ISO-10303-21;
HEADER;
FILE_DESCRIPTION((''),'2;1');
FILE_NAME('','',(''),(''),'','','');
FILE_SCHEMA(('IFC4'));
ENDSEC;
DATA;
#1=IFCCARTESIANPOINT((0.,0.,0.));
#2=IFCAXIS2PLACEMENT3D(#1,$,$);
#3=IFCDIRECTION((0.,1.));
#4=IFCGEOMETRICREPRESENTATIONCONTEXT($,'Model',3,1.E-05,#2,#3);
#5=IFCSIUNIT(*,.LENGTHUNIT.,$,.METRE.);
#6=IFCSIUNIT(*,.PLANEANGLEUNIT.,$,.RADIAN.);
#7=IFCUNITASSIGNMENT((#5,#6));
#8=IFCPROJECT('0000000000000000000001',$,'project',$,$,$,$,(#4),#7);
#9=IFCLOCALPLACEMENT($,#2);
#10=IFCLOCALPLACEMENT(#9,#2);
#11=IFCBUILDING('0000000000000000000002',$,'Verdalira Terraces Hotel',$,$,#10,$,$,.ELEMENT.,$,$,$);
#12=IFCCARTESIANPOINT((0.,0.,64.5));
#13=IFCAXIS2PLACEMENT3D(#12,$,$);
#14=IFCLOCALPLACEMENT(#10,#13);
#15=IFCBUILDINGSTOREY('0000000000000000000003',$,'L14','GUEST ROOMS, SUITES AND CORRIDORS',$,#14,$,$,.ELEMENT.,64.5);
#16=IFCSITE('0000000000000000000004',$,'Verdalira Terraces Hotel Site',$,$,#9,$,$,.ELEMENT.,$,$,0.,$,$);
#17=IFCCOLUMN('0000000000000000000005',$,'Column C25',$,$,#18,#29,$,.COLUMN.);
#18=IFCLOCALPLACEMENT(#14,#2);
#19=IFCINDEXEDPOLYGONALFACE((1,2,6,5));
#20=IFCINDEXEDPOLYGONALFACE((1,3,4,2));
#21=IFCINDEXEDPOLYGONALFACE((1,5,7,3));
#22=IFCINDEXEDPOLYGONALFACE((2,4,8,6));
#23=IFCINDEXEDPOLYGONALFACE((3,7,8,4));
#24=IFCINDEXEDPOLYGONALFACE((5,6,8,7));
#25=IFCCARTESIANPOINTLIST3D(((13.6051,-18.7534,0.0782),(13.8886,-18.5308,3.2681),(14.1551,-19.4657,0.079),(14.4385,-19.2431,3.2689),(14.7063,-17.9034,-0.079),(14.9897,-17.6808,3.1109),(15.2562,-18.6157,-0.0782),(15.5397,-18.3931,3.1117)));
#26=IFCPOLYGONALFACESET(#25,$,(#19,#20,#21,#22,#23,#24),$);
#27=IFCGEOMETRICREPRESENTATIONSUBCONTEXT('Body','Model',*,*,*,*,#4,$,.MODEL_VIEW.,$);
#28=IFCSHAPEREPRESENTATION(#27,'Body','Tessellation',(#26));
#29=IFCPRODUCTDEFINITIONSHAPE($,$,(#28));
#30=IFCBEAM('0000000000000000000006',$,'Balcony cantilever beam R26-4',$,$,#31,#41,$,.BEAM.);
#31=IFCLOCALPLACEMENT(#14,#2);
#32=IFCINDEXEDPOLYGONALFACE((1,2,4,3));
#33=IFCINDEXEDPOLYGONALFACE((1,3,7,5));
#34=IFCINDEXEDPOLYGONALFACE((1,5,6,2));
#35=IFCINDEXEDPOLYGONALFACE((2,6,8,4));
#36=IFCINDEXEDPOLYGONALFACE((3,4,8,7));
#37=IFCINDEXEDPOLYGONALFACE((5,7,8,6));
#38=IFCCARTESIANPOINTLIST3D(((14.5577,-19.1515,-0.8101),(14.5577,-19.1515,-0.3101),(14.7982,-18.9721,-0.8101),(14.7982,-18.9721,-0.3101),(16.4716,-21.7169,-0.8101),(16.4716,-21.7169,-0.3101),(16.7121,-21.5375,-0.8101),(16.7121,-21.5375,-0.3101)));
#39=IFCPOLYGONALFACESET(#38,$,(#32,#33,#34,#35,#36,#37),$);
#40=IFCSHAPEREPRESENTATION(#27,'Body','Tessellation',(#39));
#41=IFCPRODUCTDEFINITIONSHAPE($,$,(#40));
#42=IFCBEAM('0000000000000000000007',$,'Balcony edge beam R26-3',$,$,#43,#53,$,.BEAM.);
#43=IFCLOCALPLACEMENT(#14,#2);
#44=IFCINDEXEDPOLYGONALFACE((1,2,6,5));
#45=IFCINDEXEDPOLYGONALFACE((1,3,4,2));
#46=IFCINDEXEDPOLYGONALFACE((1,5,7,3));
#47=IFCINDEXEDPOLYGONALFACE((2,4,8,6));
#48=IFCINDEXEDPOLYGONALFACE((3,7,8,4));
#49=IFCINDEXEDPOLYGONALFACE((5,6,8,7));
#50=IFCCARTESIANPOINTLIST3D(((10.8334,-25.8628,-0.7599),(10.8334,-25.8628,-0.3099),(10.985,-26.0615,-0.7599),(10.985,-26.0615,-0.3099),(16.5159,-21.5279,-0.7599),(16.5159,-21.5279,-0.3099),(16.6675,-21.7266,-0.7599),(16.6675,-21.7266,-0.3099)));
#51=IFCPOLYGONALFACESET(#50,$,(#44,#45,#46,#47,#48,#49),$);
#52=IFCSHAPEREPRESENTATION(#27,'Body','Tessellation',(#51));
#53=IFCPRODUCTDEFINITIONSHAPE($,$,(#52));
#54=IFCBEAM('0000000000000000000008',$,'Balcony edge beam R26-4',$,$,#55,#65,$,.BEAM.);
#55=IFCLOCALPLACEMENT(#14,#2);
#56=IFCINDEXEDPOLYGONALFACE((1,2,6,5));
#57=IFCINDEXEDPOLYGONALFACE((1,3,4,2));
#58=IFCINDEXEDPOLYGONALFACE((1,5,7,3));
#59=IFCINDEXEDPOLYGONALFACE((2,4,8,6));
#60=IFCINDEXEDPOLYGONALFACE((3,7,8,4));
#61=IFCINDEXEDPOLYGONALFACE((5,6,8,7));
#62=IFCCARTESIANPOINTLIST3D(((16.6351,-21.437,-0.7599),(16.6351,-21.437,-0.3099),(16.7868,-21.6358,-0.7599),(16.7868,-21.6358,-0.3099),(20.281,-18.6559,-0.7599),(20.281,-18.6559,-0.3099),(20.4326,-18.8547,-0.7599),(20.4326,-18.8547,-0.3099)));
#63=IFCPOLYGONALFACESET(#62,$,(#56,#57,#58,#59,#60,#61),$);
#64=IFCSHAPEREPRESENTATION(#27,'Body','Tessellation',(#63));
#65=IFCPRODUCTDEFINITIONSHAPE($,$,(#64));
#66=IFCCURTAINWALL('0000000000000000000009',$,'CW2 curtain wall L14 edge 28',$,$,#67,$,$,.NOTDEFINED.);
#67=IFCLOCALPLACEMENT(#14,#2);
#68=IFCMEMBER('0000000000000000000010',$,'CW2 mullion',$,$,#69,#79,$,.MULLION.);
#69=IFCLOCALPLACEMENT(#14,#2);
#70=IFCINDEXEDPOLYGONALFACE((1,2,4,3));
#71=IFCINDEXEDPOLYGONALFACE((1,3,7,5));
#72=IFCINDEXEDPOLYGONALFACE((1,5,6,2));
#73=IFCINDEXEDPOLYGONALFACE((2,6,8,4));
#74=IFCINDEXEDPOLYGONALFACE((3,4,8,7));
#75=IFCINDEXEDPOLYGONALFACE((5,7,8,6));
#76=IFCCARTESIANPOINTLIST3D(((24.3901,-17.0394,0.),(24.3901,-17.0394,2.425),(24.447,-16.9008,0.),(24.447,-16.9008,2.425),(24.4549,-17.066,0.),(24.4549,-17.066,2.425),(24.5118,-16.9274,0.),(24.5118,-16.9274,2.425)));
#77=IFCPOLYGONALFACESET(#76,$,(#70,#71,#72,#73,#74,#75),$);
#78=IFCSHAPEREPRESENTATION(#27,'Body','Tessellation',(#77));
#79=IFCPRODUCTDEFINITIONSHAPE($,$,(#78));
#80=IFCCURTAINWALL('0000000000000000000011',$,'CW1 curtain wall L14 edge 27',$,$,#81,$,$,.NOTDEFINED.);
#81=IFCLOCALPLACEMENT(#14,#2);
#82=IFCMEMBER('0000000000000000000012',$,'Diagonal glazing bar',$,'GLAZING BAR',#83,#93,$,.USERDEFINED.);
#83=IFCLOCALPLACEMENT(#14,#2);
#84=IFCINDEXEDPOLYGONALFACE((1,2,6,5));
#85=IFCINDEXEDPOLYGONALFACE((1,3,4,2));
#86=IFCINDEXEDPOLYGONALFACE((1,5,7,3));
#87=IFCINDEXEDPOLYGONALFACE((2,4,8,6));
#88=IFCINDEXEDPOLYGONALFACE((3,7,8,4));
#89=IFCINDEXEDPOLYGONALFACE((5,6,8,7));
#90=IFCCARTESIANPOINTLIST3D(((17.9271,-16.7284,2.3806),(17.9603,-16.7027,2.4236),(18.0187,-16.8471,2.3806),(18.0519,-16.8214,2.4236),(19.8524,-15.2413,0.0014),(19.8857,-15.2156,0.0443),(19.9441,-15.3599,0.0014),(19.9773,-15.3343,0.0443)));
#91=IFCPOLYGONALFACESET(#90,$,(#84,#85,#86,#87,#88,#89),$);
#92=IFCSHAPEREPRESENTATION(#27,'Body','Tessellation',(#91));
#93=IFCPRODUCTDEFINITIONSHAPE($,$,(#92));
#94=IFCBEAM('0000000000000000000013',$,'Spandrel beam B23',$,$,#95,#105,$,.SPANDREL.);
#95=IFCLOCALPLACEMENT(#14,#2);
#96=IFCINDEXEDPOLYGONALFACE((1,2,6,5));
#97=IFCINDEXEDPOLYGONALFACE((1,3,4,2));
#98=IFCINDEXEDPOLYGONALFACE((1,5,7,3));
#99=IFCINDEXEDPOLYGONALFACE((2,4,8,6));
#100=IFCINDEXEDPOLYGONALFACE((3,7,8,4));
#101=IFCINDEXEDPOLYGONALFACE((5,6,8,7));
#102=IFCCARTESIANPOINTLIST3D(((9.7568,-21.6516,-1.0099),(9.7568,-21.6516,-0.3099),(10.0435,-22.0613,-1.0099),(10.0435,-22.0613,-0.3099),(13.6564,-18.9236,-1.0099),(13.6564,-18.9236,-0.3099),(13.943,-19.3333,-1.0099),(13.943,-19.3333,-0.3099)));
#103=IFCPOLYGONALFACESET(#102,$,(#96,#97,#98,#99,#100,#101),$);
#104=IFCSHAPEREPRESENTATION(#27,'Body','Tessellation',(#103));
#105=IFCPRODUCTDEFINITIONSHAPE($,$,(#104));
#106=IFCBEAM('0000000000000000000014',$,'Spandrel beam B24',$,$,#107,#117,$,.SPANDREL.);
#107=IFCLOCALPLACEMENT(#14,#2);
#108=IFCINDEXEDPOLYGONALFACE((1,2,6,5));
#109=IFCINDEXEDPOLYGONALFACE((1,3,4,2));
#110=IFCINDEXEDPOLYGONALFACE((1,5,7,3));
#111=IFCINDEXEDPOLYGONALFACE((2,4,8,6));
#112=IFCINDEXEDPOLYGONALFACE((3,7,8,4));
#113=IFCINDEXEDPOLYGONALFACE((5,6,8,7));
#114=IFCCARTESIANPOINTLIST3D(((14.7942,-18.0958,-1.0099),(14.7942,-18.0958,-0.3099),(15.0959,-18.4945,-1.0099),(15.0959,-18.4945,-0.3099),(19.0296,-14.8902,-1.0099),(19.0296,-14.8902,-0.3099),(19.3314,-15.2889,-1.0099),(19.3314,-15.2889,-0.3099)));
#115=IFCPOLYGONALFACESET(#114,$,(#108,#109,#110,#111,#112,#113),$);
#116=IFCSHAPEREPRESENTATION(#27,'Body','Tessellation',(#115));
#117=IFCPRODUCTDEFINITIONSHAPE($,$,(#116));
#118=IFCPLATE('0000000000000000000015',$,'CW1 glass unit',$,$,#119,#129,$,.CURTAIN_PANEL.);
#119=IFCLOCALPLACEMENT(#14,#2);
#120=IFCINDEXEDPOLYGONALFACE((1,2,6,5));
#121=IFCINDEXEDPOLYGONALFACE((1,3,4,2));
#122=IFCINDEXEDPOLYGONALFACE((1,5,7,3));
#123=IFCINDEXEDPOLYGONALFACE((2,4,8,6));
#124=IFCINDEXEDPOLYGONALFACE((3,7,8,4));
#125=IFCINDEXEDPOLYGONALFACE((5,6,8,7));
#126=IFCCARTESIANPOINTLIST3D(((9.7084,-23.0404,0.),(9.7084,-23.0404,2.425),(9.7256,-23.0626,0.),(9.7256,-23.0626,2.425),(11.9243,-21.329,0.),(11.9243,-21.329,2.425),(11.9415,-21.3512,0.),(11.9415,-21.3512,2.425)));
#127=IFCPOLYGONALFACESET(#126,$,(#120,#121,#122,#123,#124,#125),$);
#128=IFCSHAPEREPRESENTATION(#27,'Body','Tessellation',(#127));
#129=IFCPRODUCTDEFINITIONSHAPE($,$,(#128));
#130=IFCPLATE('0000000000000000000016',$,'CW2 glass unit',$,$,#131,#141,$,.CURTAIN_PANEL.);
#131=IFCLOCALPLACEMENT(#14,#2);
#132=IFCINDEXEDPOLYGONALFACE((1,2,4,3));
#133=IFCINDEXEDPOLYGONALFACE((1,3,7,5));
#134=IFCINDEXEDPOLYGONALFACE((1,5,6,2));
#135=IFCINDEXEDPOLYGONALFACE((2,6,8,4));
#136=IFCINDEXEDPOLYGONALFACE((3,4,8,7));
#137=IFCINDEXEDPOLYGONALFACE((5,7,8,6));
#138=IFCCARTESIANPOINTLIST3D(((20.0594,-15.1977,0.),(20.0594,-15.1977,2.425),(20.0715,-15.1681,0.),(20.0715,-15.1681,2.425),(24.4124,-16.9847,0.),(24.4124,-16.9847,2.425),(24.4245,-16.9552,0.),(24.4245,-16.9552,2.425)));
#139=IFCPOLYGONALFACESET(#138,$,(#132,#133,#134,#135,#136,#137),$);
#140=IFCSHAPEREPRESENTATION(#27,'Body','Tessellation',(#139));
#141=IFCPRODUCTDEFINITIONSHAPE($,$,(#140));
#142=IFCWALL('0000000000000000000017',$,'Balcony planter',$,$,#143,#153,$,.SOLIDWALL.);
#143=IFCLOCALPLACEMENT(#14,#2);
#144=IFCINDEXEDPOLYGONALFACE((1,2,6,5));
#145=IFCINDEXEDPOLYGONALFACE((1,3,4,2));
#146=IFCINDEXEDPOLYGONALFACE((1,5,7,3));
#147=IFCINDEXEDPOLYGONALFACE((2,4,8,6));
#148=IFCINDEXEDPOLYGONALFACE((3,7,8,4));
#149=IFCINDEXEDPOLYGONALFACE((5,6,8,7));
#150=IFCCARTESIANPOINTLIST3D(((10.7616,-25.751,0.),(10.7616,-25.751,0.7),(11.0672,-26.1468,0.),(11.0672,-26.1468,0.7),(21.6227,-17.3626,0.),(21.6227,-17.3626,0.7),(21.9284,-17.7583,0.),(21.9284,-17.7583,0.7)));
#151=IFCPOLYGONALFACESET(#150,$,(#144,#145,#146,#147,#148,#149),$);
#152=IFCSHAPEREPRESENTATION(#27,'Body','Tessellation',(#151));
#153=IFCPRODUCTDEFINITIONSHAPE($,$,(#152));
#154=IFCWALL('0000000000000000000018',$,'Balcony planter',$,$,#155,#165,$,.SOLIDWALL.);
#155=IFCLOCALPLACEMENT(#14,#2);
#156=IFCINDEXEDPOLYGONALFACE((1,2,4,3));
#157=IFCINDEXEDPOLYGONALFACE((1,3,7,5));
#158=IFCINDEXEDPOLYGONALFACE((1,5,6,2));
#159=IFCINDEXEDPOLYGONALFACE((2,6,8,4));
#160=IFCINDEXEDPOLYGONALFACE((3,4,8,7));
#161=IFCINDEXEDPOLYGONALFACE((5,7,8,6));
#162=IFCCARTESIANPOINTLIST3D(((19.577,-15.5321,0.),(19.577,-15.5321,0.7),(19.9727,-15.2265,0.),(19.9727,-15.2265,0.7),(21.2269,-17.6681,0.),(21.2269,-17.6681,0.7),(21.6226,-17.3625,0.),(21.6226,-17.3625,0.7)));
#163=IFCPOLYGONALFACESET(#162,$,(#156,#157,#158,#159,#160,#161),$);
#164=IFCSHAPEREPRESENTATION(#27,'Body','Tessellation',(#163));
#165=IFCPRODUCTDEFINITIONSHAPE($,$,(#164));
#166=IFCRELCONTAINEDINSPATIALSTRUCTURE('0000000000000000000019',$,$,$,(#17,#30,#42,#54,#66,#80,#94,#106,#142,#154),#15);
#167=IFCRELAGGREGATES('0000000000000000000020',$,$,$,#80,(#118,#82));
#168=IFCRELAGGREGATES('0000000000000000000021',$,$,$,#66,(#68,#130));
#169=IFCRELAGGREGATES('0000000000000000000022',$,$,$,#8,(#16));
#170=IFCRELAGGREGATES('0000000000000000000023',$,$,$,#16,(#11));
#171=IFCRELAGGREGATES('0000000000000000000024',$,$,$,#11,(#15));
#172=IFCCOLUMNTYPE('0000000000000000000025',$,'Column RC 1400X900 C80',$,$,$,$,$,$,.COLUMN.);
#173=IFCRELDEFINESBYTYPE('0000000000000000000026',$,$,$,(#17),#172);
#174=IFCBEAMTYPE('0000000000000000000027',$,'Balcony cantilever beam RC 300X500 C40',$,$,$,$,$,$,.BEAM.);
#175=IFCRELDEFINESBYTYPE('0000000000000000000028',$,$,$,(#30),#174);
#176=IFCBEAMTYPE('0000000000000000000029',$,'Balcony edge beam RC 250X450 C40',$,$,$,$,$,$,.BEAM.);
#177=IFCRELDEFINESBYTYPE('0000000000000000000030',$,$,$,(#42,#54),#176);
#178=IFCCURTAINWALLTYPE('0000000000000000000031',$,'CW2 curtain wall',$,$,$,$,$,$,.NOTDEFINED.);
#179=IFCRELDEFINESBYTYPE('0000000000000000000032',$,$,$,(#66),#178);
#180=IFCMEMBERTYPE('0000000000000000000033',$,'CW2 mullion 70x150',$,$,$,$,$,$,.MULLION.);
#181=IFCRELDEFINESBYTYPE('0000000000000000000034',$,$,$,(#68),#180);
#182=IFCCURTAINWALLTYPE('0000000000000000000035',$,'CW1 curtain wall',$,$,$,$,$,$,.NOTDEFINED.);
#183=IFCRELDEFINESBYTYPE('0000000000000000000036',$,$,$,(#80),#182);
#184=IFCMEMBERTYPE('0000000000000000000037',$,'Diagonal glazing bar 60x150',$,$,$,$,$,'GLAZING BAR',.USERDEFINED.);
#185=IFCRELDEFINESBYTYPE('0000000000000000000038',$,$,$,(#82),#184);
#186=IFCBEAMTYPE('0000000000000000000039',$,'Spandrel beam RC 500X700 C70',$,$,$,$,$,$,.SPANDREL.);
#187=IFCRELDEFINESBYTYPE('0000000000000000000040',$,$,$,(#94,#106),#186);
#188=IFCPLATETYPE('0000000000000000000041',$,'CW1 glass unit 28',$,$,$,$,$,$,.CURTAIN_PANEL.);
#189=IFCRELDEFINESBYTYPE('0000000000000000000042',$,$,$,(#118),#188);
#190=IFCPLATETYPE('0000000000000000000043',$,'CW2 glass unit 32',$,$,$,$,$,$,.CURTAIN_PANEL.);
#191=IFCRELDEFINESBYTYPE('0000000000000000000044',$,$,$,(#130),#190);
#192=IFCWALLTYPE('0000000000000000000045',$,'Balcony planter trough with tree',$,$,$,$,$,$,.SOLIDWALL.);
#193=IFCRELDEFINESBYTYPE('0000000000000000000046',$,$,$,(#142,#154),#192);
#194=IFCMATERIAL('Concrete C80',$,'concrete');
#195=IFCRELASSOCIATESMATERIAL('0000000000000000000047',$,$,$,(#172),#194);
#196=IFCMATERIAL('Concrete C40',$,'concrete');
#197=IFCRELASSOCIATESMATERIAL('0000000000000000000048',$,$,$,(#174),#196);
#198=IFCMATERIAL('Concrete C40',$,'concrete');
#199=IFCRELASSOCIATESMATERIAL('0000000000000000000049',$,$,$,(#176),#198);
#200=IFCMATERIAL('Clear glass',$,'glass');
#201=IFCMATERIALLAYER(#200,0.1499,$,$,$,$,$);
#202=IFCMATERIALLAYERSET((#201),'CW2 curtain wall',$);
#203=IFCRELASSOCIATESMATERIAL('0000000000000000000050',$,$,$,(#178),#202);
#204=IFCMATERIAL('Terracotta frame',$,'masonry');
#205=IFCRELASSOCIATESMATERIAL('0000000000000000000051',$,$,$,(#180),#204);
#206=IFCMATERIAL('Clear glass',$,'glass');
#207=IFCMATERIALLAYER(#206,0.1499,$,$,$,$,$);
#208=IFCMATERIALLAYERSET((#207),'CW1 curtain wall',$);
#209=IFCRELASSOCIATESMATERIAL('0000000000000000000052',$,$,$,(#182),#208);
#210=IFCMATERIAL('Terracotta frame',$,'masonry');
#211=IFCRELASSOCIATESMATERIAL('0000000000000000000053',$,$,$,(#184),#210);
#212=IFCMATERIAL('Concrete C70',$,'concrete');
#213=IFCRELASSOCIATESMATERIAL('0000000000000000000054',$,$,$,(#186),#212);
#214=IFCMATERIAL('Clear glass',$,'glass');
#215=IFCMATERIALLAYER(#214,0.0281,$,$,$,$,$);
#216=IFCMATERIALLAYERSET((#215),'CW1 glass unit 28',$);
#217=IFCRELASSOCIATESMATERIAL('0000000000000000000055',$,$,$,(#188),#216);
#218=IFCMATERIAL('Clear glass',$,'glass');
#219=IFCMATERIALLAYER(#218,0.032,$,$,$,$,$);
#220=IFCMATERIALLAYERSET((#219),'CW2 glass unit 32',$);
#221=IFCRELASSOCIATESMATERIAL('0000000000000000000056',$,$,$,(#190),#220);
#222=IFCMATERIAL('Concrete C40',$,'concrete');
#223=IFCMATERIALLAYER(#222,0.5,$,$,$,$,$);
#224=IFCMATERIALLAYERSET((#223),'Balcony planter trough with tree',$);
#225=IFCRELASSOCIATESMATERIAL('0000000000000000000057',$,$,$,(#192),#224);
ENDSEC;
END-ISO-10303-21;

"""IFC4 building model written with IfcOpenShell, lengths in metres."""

from ifc_helpers import new_model, si_unit, direction, frame, frame_2d, origin, origin_2d, place, context, subcontext, project, spatial, rectangle, extrude, material, layer, layer_set, material_profile, profile_set, type_object, element, aggregate, save


model = new_model("IFC4")

# Units and contexts
model_context = context("Model", 3, precision=1e-05, world=origin(), true_north=direction((0.0, 1.0)))
body_context = subcontext(model_context, "Body", "Model", "MODEL_VIEW")
ifc_project = project(units=[si_unit("LENGTHUNIT", "METRE"), si_unit("PLANEANGLEUNIT", "RADIAN")], contexts=[model_context])

# Site, building, storey
site_placement = place(None, origin())
site = spatial("IfcSite", under=ifc_project, at=site_placement, Name="Verdalira Terraces Hotel Site", CompositionType="ELEMENT", RefElevation=0.0)
building_placement = place(site_placement, origin())
building = spatial("IfcBuilding", under=site, at=building_placement, Name="Verdalira Terraces Hotel", CompositionType="ELEMENT")
storey_placement = place(building_placement, frame((0.0, 0.0, 64.5)))
storey = spatial("IfcBuildingStorey", under=building, at=storey_placement, Name="L14", Description="GUEST ROOMS, SUITES AND CORRIDORS", CompositionType="ELEMENT", Elevation=64.5)

# Column
ifc_material_1 = material(Name="Concrete C80", Category="concrete")
ifc_material_profile_1 = material_profile(ifc_material_1, rectangle(XDim=1.3999, YDim=0.8999, at=origin_2d()), Name="RC 1400X900")
ifc_profile_set_1 = profile_set([ifc_material_profile_1], Name="Concrete C80")
column_type = type_object("IfcColumnType", Name="Column RC 1400X900 C80", PredefinedType="COLUMN", material=ifc_profile_set_1)
column_placement = place(storey_placement, frame((14.4307, -18.6846, 0.0), z_axis=(0.088295, 0.069358, 0.993677), x_axis=(0.786597, 0.607173, -0.112275)))
element("IfcColumn", 1, at=column_placement, inside=storey, type_object=column_type, Name="Column C25", PredefinedType="COLUMN", context=body_context, shape_type="SweptSolid", body=[
    extrude(rectangle(XDim=1.3999, YDim=0.8999, at=origin_2d()), origin(), (0.0, 0.0, 1.0), 3.2102),
])

# Beams
ifc_material_2 = material(Name="Concrete C40", Category="concrete")
ifc_material_profile_2 = material_profile(ifc_material_2, rectangle(XDim=0.3, YDim=0.5, at=origin_2d()), Name="RC 300X500")
ifc_profile_set_2 = profile_set([ifc_material_profile_2], Name="Concrete C40")
beam_type_1 = type_object("IfcBeamType", Name="Balcony cantilever beam RC 300X500 C40", PredefinedType="BEAM", material=ifc_profile_set_2)
beam_1_placement = place(storey_placement, frame((14.678, -19.0618, -0.5601), z_axis=(0.597948, -0.801535, 0.0), x_axis=(0.801535, 0.597948, 0.0)))
element("IfcBeam", 2, at=beam_1_placement, inside=storey, type_object=beam_type_1, Name="Balcony cantilever beam R26-4", PredefinedType="BEAM", context=body_context, shape_type="SweptSolid", body=[
    extrude(rectangle(XDim=0.3, YDim=0.5, at=origin_2d()), origin(), (0.0, 0.0, 1.0), 3.2007),
])
ifc_material_3 = material(Name="Concrete C40", Category="concrete")
ifc_material_profile_3 = material_profile(ifc_material_3, rectangle(XDim=0.25, YDim=0.45, at=origin_2d()), Name="RC 250X450")
ifc_profile_set_3 = profile_set([ifc_material_profile_3], Name="Concrete C40")
beam_type_2 = type_object("IfcBeamType", Name="Balcony edge beam RC 250X450 C40", PredefinedType="BEAM", material=ifc_profile_set_3)
beam_2_placement = place(storey_placement, frame((10.9092, -25.9622, -0.5349), z_axis=(0.795071, 0.606517, 0.0), x_axis=(-0.606517, 0.795071, 0.0)))
element("IfcBeam", 3, at=beam_2_placement, inside=storey, type_object=beam_type_2, Name="Balcony edge beam R26-3", PredefinedType="BEAM", context=body_context, shape_type="SweptSolid", body=[
    extrude(rectangle(XDim=0.25, YDim=0.45, at=origin_2d()), origin(), (0.0, 0.0, 1.0), 7.1472),
])
beam_3_placement = place(storey_placement, frame((16.7109, -21.5364, -0.5349), z_axis=(0.795086, 0.606497, 0.0), x_axis=(-0.606497, 0.795086, 0.0)))
element("IfcBeam", 4, at=beam_3_placement, inside=storey, type_object=beam_type_2, Name="Balcony edge beam R26-4", PredefinedType="BEAM", context=body_context, shape_type="SweptSolid", body=[
    extrude(rectangle(XDim=0.25, YDim=0.45, at=origin_2d()), origin(), (0.0, 0.0, 1.0), 4.5854),
])

# Curtain walls, members
ifc_material_4 = material(Name="Clear glass", Category="glass")
ifc_layer_1 = layer(ifc_material_4, 0.1499)
ifc_layer_set_1 = layer_set([ifc_layer_1], Name="CW2 curtain wall")
curtain_wall_type_1 = type_object("IfcCurtainWallType", Name="CW2 curtain wall", PredefinedType="NOTDEFINED", material=ifc_layer_set_1)
curtain_wall_1_placement = place(storey_placement, origin())
curtain_wall_1 = element("IfcCurtainWall", 5, at=curtain_wall_1_placement, inside=storey, type_object=curtain_wall_type_1, Name="CW2 curtain wall L14 edge 28", PredefinedType="NOTDEFINED")
ifc_material_5 = material(Name="Terracotta frame", Category="masonry")
ifc_material_profile_4 = material_profile(ifc_material_5, rectangle(XDim=0.0701, YDim=0.1499, at=origin_2d()), Name="MU 70x150")
ifc_profile_set_4 = profile_set([ifc_material_profile_4], Name="Terracotta frame")
member_type_1 = type_object("IfcMemberType", Name="CW2 mullion 70x150", PredefinedType="MULLION", material=ifc_profile_set_4)
member_1_placement = place(storey_placement, frame((24.4509, -16.9834, 0.0), z_axis=(0.0, 0.0, 1.0), x_axis=(0.925077, -0.379779, 0.0)))
member_1 = element("IfcMember", 6, at=member_1_placement, type_object=member_type_1, Name="CW2 mullion", PredefinedType="MULLION", context=body_context, shape_type="SweptSolid", body=[
    extrude(rectangle(XDim=0.0701, YDim=0.1499, at=origin_2d()), origin(), (0.0, 0.0, 1.0), 2.425),
])
ifc_material_6 = material(Name="Clear glass", Category="glass")
ifc_layer_2 = layer(ifc_material_6, 0.1499)
ifc_layer_set_2 = layer_set([ifc_layer_2], Name="CW1 curtain wall")
curtain_wall_type_2 = type_object("IfcCurtainWallType", Name="CW1 curtain wall", PredefinedType="NOTDEFINED", material=ifc_layer_set_2)
curtain_wall_2_placement = place(storey_placement, origin())
curtain_wall_2 = element("IfcCurtainWall", 7, at=curtain_wall_2_placement, inside=storey, type_object=curtain_wall_type_2, Name="CW1 curtain wall L14 edge 27", PredefinedType="NOTDEFINED")
ifc_material_7 = material(Name="Terracotta frame", Category="masonry")
ifc_material_profile_5 = material_profile(ifc_material_7, rectangle(XDim=0.1499, YDim=0.0601, at=origin_2d()), Name="GB 60x150")
ifc_profile_set_5 = profile_set([ifc_material_profile_5], Name="Terracotta frame")
member_type_2 = type_object("IfcMemberType", Name="Diagonal glazing bar 60x150", ElementType="GLAZING BAR", PredefinedType="USERDEFINED", material=ifc_profile_set_5)
member_2_placement = place(storey_placement, frame((17.9895, -16.7749, 2.4021), z_axis=(0.565811, 0.437022, -0.699192), x_axis=(-0.611276, 0.791417, 0.0)))
member_2 = element("IfcMember", 8, at=member_2_placement, type_object=member_type_2, Name="Diagonal glazing bar", ObjectType="GLAZING BAR", PredefinedType="USERDEFINED", context=body_context, shape_type="SweptSolid", body=[
    extrude(rectangle(XDim=0.1499, YDim=0.0601, at=origin_2d()), origin(), (0.0, 0.0, 1.0), 3.4028),
])

# Beams
ifc_material_8 = material(Name="Concrete C70", Category="concrete")
ifc_material_profile_6 = material_profile(ifc_material_8, rectangle(XDim=0.5, YDim=0.7, at=origin_2d()), Name="RC 500X700")
ifc_profile_set_6 = profile_set([ifc_material_profile_6], Name="Concrete C70")
beam_type_3 = type_object("IfcBeamType", Name="Spandrel beam RC 500X700 C70", PredefinedType="SPANDREL", material=ifc_profile_set_6)
beam_4_placement = place(storey_placement, frame((9.9001, -21.8564, -0.6599), z_axis=(0.819403, 0.573218, 0.0), x_axis=(-0.573218, 0.819403, 0.0)))
element("IfcBeam", 9, at=beam_4_placement, inside=storey, type_object=beam_type_3, Name="Spandrel beam B23", PredefinedType="SPANDREL", context=body_context, shape_type="SweptSolid", body=[
    extrude(rectangle(XDim=0.5, YDim=0.7, at=origin_2d()), origin(), (0.0, 0.0, 1.0), 4.759),
])
beam_5_placement = place(storey_placement, frame((14.9451, -18.2952, -0.6599), z_axis=(0.797367, 0.603495, 0.0), x_axis=(-0.603495, 0.797367, 0.0)))
element("IfcBeam", 10, at=beam_5_placement, inside=storey, type_object=beam_type_3, Name="Spandrel beam B24", PredefinedType="SPANDREL", context=body_context, shape_type="SweptSolid", body=[
    extrude(rectangle(XDim=0.5, YDim=0.7, at=origin_2d()), origin(), (0.0, 0.0, 1.0), 5.3118),
])

# Plates
ifc_material_9 = material(Name="Clear glass", Category="glass")
ifc_layer_3 = layer(ifc_material_9, 0.0281)
ifc_layer_set_3 = layer_set([ifc_layer_3], Name="CW1 glass unit 28")
plate_type_1 = type_object("IfcPlateType", Name="CW1 glass unit 28", PredefinedType="CURTAIN_PANEL", material=ifc_layer_set_3)
plate_1_placement = place(storey_placement, frame((10.825, -22.1958, 0.0), z_axis=(0.0, 0.0, 1.0), x_axis=(0.791437, 0.611251, 0.0)))
plate_1 = element("IfcPlate", 11, at=plate_1_placement, type_object=plate_type_1, Name="CW1 glass unit", PredefinedType="CURTAIN_PANEL", context=body_context, shape_type="SweptSolid", body=[
    extrude(rectangle(XDim=2.7998, YDim=0.0281, at=origin_2d()), origin(), (0.0, 0.0, 1.0), 2.425),
])
aggregate(curtain_wall_2, [plate_1, member_2])
ifc_material_10 = material(Name="Clear glass", Category="glass")
ifc_layer_4 = layer(ifc_material_10, 0.032)
ifc_layer_set_4 = layer_set([ifc_layer_4], Name="CW2 glass unit 32")
plate_type_2 = type_object("IfcPlateType", Name="CW2 glass unit 32", PredefinedType="CURTAIN_PANEL", material=ifc_layer_set_4)
plate_2_placement = place(storey_placement, frame((22.2419, -16.0764, 0.0), z_axis=(0.0, 0.0, 1.0), x_axis=(0.925077, -0.379779, 0.0)))
plate_2 = element("IfcPlate", 12, at=plate_2_placement, type_object=plate_type_2, Name="CW2 glass unit", PredefinedType="CURTAIN_PANEL", context=body_context, shape_type="SweptSolid", body=[
    extrude(rectangle(XDim=4.7056, YDim=0.032, at=origin_2d()), origin(), (0.0, 0.0, 1.0), 2.425),
])
aggregate(curtain_wall_1, [member_1, plate_2])

# Walls
ifc_material_11 = material(Name="Concrete C40", Category="concrete")
ifc_layer_5 = layer(ifc_material_11, 0.5)
ifc_layer_set_5 = layer_set([ifc_layer_5], Name="Balcony planter trough with tree")
wall_type_1 = type_object("IfcWallType", Name="Balcony planter trough with tree", PredefinedType="SOLIDWALL", material=ifc_layer_set_5)
wall_1_placement = place(storey_placement, frame((10.9143, -25.949, 0.0), z_axis=(0.0, 0.0, 1.0), x_axis=(0.791434, 0.611255, 0.0)))
element("IfcWall", 13, at=wall_1_placement, inside=storey, type_object=wall_type_1, Name="Balcony planter", PredefinedType="SOLIDWALL", context=body_context, shape_type="SweptSolid", body=[
    extrude(rectangle(XDim=13.7234, YDim=0.5, at=frame_2d((6.8618, 0.0))), origin(), (0.0, 0.0, 1.0), 0.7),
])
wall_2_placement = place(storey_placement, frame((21.4248, -17.5154, 0.0), z_axis=(0.0, 0.0, 1.0), x_axis=(-0.611301, 0.791398, 0.0)))
element("IfcWall", 14, at=wall_2_placement, inside=storey, type_object=wall_type_1, Name="Balcony planter", PredefinedType="SOLIDWALL", context=body_context, shape_type="SweptSolid", body=[
    extrude(rectangle(XDim=2.699, YDim=0.5, at=frame_2d((1.3496, 0.0))), origin(), (0.0, 0.0, 1.0), 0.7),
])

save(model, "model.ifc")
